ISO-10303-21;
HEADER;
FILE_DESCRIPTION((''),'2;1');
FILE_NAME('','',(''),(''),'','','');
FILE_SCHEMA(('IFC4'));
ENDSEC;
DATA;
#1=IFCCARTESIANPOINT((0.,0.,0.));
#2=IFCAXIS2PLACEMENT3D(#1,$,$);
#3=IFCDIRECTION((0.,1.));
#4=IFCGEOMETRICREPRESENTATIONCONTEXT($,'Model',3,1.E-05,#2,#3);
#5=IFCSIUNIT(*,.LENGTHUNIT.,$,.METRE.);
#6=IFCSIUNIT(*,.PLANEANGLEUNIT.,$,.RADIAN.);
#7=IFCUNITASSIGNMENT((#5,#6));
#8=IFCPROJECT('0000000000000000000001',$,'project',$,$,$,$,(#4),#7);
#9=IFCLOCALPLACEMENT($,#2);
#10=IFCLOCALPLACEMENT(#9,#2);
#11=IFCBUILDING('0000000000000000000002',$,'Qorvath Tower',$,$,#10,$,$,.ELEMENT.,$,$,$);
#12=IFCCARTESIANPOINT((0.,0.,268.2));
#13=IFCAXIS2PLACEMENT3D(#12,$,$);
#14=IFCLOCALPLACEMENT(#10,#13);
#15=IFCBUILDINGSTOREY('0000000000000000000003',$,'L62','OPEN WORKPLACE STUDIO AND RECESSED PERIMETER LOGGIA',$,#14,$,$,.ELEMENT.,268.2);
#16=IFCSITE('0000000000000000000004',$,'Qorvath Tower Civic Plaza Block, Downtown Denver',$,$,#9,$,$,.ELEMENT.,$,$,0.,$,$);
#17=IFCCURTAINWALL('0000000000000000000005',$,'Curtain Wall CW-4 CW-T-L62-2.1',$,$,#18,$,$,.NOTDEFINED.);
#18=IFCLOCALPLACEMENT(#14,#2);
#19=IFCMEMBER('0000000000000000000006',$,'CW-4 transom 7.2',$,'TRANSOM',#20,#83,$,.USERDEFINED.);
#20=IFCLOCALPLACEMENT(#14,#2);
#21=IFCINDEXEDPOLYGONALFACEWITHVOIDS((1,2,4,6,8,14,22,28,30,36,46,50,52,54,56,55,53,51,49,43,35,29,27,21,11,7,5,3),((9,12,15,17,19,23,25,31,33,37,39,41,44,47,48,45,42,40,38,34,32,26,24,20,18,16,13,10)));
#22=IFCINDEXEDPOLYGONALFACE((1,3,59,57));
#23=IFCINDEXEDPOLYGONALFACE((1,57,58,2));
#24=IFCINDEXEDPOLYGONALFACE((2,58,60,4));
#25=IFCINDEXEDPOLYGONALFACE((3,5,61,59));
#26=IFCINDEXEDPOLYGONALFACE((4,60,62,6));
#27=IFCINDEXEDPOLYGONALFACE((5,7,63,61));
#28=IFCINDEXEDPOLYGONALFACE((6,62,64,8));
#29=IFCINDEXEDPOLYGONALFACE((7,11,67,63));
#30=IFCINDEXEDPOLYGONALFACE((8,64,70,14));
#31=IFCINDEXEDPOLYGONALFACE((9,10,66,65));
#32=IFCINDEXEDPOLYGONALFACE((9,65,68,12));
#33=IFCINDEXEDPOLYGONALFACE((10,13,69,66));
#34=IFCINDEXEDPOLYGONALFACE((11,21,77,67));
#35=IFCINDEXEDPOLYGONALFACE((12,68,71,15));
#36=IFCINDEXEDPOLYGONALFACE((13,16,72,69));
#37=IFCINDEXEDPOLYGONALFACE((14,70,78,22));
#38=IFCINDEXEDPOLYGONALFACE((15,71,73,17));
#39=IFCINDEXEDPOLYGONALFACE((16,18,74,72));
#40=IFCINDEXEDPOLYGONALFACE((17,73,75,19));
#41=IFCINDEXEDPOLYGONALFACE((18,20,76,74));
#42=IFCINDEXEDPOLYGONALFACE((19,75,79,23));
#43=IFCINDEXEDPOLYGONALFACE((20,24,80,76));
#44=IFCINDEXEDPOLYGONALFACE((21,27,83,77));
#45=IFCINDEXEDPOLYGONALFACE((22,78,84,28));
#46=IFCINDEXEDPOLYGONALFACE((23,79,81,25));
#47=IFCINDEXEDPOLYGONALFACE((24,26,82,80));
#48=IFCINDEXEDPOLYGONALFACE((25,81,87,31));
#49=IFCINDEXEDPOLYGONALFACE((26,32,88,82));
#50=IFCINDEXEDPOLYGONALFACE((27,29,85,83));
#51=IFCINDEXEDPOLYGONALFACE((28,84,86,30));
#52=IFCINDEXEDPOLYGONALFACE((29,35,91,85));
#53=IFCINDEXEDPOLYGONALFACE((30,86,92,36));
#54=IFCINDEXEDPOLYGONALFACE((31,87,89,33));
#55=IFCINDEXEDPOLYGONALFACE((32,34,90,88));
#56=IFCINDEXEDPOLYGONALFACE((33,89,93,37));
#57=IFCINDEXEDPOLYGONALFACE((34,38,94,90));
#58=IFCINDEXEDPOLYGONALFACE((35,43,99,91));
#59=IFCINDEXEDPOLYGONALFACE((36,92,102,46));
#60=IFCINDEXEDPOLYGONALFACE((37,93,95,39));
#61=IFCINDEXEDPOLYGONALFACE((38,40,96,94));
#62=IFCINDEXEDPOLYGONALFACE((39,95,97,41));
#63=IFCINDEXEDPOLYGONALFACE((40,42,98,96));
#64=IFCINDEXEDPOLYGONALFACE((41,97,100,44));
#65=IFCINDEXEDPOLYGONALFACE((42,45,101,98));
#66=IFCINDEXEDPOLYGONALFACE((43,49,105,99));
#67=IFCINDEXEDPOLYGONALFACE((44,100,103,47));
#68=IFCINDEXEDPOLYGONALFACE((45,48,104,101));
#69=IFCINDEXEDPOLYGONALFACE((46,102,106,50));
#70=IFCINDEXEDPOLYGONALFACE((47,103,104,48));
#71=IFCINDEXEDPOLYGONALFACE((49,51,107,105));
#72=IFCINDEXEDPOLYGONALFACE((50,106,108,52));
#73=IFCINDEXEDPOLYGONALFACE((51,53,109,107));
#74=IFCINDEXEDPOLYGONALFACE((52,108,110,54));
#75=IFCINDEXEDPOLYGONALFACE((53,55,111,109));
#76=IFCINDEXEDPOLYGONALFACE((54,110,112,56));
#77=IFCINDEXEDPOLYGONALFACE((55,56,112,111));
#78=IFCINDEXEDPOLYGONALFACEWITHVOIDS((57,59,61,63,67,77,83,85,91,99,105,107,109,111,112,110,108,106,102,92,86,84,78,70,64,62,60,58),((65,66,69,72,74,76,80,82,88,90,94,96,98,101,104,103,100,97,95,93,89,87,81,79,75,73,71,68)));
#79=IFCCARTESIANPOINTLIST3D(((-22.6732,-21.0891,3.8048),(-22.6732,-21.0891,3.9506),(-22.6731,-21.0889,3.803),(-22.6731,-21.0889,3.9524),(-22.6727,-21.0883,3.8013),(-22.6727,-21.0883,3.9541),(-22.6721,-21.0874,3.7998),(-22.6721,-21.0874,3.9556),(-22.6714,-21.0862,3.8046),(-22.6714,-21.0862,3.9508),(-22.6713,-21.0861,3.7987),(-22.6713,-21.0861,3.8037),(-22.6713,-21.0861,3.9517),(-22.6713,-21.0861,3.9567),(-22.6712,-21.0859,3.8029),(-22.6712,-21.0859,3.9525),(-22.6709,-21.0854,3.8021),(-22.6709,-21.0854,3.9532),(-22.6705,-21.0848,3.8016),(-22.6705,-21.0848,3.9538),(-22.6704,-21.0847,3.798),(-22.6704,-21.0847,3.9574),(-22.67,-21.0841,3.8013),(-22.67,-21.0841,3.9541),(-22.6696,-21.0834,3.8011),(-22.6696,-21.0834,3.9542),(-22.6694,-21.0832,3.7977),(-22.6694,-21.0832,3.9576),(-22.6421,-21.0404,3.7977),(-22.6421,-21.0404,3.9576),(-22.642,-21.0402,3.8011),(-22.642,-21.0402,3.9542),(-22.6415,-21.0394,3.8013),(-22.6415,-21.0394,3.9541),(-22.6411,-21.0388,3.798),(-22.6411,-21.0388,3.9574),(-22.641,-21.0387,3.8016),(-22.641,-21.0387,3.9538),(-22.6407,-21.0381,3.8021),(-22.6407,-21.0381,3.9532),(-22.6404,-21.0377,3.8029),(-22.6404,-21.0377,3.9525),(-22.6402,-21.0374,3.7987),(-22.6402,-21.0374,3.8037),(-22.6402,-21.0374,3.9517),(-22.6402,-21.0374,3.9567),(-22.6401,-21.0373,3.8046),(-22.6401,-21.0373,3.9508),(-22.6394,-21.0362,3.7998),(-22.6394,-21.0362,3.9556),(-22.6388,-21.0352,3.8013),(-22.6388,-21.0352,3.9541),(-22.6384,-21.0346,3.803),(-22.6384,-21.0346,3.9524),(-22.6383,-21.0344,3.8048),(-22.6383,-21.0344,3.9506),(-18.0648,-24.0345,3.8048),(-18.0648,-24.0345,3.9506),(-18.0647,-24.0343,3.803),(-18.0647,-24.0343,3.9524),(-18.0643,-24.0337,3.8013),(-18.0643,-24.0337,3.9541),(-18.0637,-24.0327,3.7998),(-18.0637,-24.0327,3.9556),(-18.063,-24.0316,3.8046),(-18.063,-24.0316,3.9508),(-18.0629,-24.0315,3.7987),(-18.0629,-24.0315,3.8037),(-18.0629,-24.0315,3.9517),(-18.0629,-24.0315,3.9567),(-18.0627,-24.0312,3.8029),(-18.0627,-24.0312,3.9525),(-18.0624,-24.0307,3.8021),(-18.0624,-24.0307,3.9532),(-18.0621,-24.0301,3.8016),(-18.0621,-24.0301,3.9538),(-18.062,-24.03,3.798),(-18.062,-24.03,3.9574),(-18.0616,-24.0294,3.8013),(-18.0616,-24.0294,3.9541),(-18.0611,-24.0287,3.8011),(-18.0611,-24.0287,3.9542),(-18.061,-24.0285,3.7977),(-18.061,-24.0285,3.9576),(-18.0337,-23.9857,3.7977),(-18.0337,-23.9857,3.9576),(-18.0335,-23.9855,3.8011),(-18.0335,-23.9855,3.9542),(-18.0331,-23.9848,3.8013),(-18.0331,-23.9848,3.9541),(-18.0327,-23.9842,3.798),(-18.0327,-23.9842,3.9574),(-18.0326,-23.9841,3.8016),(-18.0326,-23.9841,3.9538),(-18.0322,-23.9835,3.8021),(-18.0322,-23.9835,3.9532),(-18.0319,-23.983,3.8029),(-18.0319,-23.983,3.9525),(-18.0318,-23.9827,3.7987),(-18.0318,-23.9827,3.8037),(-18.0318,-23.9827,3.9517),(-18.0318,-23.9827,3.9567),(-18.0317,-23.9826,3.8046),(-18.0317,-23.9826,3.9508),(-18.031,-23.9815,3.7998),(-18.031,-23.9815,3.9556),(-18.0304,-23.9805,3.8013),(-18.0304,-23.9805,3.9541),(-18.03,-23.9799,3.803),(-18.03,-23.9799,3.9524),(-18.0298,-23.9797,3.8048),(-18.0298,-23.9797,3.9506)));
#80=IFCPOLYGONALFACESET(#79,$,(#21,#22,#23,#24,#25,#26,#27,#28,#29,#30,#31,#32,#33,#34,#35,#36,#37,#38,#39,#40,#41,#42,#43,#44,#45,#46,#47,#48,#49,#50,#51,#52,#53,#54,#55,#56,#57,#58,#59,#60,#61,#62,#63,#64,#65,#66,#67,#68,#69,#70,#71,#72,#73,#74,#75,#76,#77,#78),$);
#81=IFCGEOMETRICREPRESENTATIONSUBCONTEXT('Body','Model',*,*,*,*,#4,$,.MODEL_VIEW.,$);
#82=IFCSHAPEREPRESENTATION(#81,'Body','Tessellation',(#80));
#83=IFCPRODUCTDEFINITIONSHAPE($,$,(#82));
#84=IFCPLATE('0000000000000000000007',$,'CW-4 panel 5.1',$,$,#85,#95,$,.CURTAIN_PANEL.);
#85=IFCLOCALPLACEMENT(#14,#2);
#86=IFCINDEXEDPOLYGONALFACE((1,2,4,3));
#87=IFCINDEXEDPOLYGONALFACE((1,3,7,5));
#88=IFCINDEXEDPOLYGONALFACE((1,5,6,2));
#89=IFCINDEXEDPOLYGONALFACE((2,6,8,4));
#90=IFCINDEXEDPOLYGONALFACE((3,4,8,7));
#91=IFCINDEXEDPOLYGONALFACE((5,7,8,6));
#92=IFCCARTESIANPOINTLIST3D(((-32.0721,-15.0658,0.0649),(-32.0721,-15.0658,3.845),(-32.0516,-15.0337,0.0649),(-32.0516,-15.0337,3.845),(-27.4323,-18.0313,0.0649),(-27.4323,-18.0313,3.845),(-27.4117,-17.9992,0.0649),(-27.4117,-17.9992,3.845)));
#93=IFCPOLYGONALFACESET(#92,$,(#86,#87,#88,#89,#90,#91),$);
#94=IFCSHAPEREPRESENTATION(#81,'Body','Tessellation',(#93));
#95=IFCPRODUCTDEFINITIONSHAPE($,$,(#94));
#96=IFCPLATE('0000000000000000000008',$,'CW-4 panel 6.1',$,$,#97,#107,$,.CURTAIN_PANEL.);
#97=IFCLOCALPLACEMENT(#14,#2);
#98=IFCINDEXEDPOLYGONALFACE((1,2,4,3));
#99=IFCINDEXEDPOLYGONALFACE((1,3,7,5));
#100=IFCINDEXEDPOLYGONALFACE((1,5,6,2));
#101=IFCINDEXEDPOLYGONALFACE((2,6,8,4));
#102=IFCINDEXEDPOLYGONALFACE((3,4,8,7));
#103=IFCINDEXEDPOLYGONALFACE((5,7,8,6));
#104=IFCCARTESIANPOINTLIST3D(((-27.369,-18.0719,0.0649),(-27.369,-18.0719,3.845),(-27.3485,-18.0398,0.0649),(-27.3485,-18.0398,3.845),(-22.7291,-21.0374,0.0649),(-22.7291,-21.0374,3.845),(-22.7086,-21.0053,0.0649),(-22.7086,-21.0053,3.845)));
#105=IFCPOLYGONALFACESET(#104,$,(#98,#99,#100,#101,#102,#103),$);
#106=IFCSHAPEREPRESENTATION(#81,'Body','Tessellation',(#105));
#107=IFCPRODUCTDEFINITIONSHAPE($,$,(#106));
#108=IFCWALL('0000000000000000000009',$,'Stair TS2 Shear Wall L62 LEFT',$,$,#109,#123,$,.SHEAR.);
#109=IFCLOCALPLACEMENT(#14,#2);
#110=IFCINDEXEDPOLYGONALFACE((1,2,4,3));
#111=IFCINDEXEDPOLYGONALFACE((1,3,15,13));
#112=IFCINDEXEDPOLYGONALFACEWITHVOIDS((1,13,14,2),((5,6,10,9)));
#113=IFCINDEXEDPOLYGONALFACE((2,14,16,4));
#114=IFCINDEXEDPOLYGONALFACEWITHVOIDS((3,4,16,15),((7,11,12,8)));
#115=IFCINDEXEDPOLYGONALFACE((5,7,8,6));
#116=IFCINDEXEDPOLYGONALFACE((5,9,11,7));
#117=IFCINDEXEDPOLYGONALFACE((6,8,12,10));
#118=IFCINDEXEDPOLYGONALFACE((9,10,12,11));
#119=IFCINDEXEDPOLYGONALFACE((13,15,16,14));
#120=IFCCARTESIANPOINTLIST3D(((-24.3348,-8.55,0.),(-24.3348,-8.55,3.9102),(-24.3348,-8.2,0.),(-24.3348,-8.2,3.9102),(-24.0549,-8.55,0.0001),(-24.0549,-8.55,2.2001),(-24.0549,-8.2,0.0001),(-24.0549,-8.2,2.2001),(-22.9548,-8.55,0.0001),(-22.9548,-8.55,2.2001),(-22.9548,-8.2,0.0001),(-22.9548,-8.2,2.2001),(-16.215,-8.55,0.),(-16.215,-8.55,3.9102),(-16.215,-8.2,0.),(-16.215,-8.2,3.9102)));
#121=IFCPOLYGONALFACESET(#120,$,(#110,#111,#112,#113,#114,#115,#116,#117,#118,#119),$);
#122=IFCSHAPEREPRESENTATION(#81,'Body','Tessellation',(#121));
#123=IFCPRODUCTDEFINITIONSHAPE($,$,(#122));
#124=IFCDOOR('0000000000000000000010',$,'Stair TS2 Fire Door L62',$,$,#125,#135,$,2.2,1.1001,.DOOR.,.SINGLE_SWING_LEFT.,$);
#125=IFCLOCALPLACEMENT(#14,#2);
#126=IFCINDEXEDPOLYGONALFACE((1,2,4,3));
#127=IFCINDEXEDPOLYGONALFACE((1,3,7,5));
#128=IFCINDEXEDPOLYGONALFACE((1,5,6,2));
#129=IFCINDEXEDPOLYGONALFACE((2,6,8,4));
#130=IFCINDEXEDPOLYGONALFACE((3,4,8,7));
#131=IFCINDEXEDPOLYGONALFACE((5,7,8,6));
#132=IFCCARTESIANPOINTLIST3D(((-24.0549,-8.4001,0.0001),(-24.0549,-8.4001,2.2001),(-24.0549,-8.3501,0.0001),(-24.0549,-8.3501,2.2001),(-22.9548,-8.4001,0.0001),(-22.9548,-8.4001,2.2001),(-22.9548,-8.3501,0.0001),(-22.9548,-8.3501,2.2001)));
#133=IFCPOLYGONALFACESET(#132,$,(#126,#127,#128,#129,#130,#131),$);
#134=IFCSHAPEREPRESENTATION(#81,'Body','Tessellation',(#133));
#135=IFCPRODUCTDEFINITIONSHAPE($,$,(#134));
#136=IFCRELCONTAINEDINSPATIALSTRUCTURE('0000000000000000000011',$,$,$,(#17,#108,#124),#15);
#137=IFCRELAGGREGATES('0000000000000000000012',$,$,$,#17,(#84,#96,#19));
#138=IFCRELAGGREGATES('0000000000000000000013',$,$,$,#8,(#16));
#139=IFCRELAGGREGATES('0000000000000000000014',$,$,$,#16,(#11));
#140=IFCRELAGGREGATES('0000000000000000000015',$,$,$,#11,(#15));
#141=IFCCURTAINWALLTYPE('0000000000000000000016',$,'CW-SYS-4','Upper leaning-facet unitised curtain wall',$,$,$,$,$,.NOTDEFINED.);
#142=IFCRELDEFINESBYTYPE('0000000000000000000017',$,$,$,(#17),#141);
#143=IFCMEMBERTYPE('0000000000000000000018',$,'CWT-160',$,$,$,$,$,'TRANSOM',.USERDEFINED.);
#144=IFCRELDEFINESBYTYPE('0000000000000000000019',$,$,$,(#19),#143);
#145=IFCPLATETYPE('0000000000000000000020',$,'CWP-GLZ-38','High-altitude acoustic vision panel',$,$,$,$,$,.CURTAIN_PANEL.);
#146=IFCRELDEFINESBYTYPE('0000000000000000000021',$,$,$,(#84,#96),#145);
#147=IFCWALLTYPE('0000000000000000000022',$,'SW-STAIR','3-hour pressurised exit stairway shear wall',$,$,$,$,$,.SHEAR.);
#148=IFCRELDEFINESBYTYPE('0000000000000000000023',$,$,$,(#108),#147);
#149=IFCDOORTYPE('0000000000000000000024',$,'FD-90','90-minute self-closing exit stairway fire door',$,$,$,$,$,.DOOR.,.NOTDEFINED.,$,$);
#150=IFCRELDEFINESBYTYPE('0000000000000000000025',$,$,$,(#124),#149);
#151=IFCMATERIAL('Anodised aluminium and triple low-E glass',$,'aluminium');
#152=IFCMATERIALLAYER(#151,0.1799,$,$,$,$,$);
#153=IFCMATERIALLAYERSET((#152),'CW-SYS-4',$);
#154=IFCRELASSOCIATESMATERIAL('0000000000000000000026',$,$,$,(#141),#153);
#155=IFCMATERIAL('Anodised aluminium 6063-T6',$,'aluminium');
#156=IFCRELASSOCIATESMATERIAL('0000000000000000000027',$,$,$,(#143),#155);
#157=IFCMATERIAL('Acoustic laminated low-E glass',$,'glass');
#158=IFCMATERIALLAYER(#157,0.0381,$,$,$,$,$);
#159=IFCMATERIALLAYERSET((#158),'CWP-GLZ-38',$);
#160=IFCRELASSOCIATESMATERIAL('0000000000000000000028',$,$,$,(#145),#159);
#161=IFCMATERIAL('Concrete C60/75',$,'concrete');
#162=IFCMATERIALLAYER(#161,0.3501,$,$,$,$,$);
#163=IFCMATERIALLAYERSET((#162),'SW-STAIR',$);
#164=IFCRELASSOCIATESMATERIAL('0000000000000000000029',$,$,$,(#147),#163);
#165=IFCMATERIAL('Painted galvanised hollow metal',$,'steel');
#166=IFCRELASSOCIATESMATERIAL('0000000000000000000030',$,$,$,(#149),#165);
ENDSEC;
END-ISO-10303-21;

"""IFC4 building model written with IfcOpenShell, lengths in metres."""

from ifc_helpers import new_model, si_unit, direction, frame, frame_2d, origin, origin_2d, place, context, subcontext, project, spatial, rectangle, hollow_rectangle, extrude, material, layer, layer_set, material_profile, profile_set, type_object, element, fill, aggregate, save


model = new_model("IFC4")

# Units and contexts
model_context = context("Model", 3, precision=1e-05, world=origin(), true_north=direction((0.0, 1.0)))
body_context = subcontext(model_context, "Body", "Model", "MODEL_VIEW")
ifc_project = project(units=[si_unit("LENGTHUNIT", "METRE"), si_unit("PLANEANGLEUNIT", "RADIAN")], contexts=[model_context])

# Site, building, storey
site_placement = place(None, origin())
site = spatial("IfcSite", under=ifc_project, at=site_placement, Name="Qorvath Tower Civic Plaza Block, Downtown Denver", CompositionType="ELEMENT", RefElevation=0.0)
building_placement = place(site_placement, origin())
building = spatial("IfcBuilding", under=site, at=building_placement, Name="Qorvath Tower", CompositionType="ELEMENT")
storey_placement = place(building_placement, frame((0.0, 0.0, 268.2)))
storey = spatial("IfcBuildingStorey", under=building, at=storey_placement, Name="L62", Description="OPEN WORKPLACE STUDIO AND RECESSED PERIMETER LOGGIA", CompositionType="ELEMENT", Elevation=268.2)

# Curtain wall, member, plates
ifc_material_1 = material(Name="Anodised aluminium and triple low-E glass", Category="aluminium")
ifc_layer_1 = layer(ifc_material_1, 0.1799)
ifc_layer_set_1 = layer_set([ifc_layer_1], Name="CW-SYS-4")
curtain_wall_type = type_object("IfcCurtainWallType", Name="CW-SYS-4", Description="Upper leaning-facet unitised curtain wall", PredefinedType="NOTDEFINED", material=ifc_layer_set_1)
curtain_wall_placement = place(storey_placement, origin())
curtain_wall = element("IfcCurtainWall", 1, at=curtain_wall_placement, inside=storey, type_object=curtain_wall_type, Name="Curtain Wall CW-4 CW-T-L62-2.1", PredefinedType="NOTDEFINED")
ifc_material_2 = material(Name="Anodised aluminium 6063-T6", Category="aluminium")
ifc_material_profile_1 = material_profile(ifc_material_2, hollow_rectangle(XDim=0.0649, YDim=0.1599, WallThickness=0.0034, InnerFilletRadius=0.0034, OuterFilletRadius=0.0071, at=origin_2d()), Name="CWT 160x65")
ifc_profile_set_1 = profile_set([ifc_material_profile_1], Name="Anodised aluminium 6063-T6")
member_type_1 = type_object("IfcMemberType", Name="CWT-160", ElementType="TRANSOM", PredefinedType="USERDEFINED", material=ifc_profile_set_1)
member_1_placement = place(storey_placement, frame((-22.6558, -21.0618, 3.8777), z_axis=(0.842608, -0.538527, 0.0), x_axis=(0.538527, 0.842608, 0.0)))
member_1 = element("IfcMember", 2, at=member_1_placement, type_object=member_type_1, Name="CW-4 transom 7.2", ObjectType="TRANSOM", PredefinedType="USERDEFINED", context=body_context, shape_type="SweptSolid", body=[
    extrude(hollow_rectangle(XDim=0.0649, YDim=0.1599, WallThickness=0.0034, InnerFilletRadius=0.0034, OuterFilletRadius=0.0071, at=origin_2d()), origin(), (0.0, 0.0, 1.0), 5.4692),
])
ifc_material_3 = material(Name="Acoustic laminated low-E glass", Category="glass")
ifc_layer_2 = layer(ifc_material_3, 0.0381)
ifc_layer_set_2 = layer_set([ifc_layer_2], Name="CWP-GLZ-38")
plate_type = type_object("IfcPlateType", Name="CWP-GLZ-38", Description="High-altitude acoustic vision panel", PredefinedType="CURTAIN_PANEL", material=ifc_layer_set_2)
plate_1_placement = place(storey_placement, frame((-29.7419, -16.5325, 0.0649), z_axis=(0.0, 0.0, 1.0), x_axis=(0.842604, -0.538534, 0.0)))
plate_1 = element("IfcPlate", 3, at=plate_1_placement, type_object=plate_type, Name="CW-4 panel 5.1", PredefinedType="CURTAIN_PANEL", context=body_context, shape_type="SweptSolid", body=[
    extrude(rectangle(XDim=5.5066, YDim=0.0381, at=origin_2d()), origin(), (0.0, 0.0, 1.0), 3.78),
])
plate_2_placement = place(storey_placement, frame((-25.0388, -19.5386, 0.0649), z_axis=(0.0, 0.0, 1.0), x_axis=(0.842604, -0.538534, 0.0)))
plate_2 = element("IfcPlate", 4, at=plate_2_placement, type_object=plate_type, Name="CW-4 panel 6.1", PredefinedType="CURTAIN_PANEL", context=body_context, shape_type="SweptSolid", body=[
    extrude(rectangle(XDim=5.5066, YDim=0.0381, at=origin_2d()), origin(), (0.0, 0.0, 1.0), 3.78),
])
aggregate(curtain_wall, [plate_1, plate_2, member_1])

# Wall, opening, door
ifc_material_4 = material(Name="Concrete C60/75", Category="concrete")
ifc_layer_3 = layer(ifc_material_4, 0.3501)
ifc_layer_set_3 = layer_set([ifc_layer_3], Name="SW-STAIR")
wall_type_1 = type_object("IfcWallType", Name="SW-STAIR", Description="3-hour pressurised exit stairway shear wall", PredefinedType="SHEAR", material=ifc_layer_set_3)
wall_1_placement = place(storey_placement, frame((-24.335, -8.375, 0.0), z_axis=(0.0, 0.0, 1.0), x_axis=(1.0, 0.0, 0.0)))
wall_1 = element("IfcWall", 5, at=wall_1_placement, inside=storey, type_object=wall_type_1, Name="Stair TS2 Shear Wall L62 LEFT", PredefinedType="SHEAR", context=body_context, shape_type="SweptSolid", body=[
    extrude(rectangle(XDim=8.1199, YDim=0.3501, at=frame_2d((4.0601, 0.0))), origin(), (0.0, 0.0, 1.0), 3.9102),
])
opening_1_placement = place(wall_1_placement, frame((0.28, 0.0, 0.0)))
opening_1 = element("IfcOpeningElement", 6, at=opening_1_placement, cuts=wall_1, PredefinedType="OPENING", context=body_context, shape_type="SweptSolid", body=[
    extrude(rectangle(XDim=1.1001, YDim=2.2, at=frame_2d((0.55, 1.1001))), frame((0.0, 0.1851, 0.0), z_axis=(0.0, -1.0, 0.0), x_axis=(1.0, 0.0, 0.0)), (0.0, 0.0, 1.0), 0.3701),
])
ifc_material_5 = material(Name="Painted galvanised hollow metal", Category="steel")
door_type_1 = type_object("IfcDoorType", Name="FD-90", Description="90-minute self-closing exit stairway fire door", OperationType="NOTDEFINED", PredefinedType="DOOR", material=ifc_material_5)
door_1_placement = place(opening_1_placement, origin())
door_1 = element("IfcDoor", 7, at=door_1_placement, inside=storey, type_object=door_type_1, Name="Stair TS2 Fire Door L62", OperationType="SINGLE_SWING_LEFT", OverallHeight=2.2, OverallWidth=1.1001, PredefinedType="DOOR", context=body_context, shape_type="SweptSolid", body=[
    extrude(rectangle(XDim=1.1001, YDim=2.2, at=frame_2d((0.55, 1.1001))), frame((0.0, 0.0249, 0.0), z_axis=(0.0, -1.0, 0.0), x_axis=(1.0, 0.0, 0.0)), (0.0, 0.0, 1.0), 0.05),
])
fill(opening_1, door_1)

save(model, "model.ifc")
